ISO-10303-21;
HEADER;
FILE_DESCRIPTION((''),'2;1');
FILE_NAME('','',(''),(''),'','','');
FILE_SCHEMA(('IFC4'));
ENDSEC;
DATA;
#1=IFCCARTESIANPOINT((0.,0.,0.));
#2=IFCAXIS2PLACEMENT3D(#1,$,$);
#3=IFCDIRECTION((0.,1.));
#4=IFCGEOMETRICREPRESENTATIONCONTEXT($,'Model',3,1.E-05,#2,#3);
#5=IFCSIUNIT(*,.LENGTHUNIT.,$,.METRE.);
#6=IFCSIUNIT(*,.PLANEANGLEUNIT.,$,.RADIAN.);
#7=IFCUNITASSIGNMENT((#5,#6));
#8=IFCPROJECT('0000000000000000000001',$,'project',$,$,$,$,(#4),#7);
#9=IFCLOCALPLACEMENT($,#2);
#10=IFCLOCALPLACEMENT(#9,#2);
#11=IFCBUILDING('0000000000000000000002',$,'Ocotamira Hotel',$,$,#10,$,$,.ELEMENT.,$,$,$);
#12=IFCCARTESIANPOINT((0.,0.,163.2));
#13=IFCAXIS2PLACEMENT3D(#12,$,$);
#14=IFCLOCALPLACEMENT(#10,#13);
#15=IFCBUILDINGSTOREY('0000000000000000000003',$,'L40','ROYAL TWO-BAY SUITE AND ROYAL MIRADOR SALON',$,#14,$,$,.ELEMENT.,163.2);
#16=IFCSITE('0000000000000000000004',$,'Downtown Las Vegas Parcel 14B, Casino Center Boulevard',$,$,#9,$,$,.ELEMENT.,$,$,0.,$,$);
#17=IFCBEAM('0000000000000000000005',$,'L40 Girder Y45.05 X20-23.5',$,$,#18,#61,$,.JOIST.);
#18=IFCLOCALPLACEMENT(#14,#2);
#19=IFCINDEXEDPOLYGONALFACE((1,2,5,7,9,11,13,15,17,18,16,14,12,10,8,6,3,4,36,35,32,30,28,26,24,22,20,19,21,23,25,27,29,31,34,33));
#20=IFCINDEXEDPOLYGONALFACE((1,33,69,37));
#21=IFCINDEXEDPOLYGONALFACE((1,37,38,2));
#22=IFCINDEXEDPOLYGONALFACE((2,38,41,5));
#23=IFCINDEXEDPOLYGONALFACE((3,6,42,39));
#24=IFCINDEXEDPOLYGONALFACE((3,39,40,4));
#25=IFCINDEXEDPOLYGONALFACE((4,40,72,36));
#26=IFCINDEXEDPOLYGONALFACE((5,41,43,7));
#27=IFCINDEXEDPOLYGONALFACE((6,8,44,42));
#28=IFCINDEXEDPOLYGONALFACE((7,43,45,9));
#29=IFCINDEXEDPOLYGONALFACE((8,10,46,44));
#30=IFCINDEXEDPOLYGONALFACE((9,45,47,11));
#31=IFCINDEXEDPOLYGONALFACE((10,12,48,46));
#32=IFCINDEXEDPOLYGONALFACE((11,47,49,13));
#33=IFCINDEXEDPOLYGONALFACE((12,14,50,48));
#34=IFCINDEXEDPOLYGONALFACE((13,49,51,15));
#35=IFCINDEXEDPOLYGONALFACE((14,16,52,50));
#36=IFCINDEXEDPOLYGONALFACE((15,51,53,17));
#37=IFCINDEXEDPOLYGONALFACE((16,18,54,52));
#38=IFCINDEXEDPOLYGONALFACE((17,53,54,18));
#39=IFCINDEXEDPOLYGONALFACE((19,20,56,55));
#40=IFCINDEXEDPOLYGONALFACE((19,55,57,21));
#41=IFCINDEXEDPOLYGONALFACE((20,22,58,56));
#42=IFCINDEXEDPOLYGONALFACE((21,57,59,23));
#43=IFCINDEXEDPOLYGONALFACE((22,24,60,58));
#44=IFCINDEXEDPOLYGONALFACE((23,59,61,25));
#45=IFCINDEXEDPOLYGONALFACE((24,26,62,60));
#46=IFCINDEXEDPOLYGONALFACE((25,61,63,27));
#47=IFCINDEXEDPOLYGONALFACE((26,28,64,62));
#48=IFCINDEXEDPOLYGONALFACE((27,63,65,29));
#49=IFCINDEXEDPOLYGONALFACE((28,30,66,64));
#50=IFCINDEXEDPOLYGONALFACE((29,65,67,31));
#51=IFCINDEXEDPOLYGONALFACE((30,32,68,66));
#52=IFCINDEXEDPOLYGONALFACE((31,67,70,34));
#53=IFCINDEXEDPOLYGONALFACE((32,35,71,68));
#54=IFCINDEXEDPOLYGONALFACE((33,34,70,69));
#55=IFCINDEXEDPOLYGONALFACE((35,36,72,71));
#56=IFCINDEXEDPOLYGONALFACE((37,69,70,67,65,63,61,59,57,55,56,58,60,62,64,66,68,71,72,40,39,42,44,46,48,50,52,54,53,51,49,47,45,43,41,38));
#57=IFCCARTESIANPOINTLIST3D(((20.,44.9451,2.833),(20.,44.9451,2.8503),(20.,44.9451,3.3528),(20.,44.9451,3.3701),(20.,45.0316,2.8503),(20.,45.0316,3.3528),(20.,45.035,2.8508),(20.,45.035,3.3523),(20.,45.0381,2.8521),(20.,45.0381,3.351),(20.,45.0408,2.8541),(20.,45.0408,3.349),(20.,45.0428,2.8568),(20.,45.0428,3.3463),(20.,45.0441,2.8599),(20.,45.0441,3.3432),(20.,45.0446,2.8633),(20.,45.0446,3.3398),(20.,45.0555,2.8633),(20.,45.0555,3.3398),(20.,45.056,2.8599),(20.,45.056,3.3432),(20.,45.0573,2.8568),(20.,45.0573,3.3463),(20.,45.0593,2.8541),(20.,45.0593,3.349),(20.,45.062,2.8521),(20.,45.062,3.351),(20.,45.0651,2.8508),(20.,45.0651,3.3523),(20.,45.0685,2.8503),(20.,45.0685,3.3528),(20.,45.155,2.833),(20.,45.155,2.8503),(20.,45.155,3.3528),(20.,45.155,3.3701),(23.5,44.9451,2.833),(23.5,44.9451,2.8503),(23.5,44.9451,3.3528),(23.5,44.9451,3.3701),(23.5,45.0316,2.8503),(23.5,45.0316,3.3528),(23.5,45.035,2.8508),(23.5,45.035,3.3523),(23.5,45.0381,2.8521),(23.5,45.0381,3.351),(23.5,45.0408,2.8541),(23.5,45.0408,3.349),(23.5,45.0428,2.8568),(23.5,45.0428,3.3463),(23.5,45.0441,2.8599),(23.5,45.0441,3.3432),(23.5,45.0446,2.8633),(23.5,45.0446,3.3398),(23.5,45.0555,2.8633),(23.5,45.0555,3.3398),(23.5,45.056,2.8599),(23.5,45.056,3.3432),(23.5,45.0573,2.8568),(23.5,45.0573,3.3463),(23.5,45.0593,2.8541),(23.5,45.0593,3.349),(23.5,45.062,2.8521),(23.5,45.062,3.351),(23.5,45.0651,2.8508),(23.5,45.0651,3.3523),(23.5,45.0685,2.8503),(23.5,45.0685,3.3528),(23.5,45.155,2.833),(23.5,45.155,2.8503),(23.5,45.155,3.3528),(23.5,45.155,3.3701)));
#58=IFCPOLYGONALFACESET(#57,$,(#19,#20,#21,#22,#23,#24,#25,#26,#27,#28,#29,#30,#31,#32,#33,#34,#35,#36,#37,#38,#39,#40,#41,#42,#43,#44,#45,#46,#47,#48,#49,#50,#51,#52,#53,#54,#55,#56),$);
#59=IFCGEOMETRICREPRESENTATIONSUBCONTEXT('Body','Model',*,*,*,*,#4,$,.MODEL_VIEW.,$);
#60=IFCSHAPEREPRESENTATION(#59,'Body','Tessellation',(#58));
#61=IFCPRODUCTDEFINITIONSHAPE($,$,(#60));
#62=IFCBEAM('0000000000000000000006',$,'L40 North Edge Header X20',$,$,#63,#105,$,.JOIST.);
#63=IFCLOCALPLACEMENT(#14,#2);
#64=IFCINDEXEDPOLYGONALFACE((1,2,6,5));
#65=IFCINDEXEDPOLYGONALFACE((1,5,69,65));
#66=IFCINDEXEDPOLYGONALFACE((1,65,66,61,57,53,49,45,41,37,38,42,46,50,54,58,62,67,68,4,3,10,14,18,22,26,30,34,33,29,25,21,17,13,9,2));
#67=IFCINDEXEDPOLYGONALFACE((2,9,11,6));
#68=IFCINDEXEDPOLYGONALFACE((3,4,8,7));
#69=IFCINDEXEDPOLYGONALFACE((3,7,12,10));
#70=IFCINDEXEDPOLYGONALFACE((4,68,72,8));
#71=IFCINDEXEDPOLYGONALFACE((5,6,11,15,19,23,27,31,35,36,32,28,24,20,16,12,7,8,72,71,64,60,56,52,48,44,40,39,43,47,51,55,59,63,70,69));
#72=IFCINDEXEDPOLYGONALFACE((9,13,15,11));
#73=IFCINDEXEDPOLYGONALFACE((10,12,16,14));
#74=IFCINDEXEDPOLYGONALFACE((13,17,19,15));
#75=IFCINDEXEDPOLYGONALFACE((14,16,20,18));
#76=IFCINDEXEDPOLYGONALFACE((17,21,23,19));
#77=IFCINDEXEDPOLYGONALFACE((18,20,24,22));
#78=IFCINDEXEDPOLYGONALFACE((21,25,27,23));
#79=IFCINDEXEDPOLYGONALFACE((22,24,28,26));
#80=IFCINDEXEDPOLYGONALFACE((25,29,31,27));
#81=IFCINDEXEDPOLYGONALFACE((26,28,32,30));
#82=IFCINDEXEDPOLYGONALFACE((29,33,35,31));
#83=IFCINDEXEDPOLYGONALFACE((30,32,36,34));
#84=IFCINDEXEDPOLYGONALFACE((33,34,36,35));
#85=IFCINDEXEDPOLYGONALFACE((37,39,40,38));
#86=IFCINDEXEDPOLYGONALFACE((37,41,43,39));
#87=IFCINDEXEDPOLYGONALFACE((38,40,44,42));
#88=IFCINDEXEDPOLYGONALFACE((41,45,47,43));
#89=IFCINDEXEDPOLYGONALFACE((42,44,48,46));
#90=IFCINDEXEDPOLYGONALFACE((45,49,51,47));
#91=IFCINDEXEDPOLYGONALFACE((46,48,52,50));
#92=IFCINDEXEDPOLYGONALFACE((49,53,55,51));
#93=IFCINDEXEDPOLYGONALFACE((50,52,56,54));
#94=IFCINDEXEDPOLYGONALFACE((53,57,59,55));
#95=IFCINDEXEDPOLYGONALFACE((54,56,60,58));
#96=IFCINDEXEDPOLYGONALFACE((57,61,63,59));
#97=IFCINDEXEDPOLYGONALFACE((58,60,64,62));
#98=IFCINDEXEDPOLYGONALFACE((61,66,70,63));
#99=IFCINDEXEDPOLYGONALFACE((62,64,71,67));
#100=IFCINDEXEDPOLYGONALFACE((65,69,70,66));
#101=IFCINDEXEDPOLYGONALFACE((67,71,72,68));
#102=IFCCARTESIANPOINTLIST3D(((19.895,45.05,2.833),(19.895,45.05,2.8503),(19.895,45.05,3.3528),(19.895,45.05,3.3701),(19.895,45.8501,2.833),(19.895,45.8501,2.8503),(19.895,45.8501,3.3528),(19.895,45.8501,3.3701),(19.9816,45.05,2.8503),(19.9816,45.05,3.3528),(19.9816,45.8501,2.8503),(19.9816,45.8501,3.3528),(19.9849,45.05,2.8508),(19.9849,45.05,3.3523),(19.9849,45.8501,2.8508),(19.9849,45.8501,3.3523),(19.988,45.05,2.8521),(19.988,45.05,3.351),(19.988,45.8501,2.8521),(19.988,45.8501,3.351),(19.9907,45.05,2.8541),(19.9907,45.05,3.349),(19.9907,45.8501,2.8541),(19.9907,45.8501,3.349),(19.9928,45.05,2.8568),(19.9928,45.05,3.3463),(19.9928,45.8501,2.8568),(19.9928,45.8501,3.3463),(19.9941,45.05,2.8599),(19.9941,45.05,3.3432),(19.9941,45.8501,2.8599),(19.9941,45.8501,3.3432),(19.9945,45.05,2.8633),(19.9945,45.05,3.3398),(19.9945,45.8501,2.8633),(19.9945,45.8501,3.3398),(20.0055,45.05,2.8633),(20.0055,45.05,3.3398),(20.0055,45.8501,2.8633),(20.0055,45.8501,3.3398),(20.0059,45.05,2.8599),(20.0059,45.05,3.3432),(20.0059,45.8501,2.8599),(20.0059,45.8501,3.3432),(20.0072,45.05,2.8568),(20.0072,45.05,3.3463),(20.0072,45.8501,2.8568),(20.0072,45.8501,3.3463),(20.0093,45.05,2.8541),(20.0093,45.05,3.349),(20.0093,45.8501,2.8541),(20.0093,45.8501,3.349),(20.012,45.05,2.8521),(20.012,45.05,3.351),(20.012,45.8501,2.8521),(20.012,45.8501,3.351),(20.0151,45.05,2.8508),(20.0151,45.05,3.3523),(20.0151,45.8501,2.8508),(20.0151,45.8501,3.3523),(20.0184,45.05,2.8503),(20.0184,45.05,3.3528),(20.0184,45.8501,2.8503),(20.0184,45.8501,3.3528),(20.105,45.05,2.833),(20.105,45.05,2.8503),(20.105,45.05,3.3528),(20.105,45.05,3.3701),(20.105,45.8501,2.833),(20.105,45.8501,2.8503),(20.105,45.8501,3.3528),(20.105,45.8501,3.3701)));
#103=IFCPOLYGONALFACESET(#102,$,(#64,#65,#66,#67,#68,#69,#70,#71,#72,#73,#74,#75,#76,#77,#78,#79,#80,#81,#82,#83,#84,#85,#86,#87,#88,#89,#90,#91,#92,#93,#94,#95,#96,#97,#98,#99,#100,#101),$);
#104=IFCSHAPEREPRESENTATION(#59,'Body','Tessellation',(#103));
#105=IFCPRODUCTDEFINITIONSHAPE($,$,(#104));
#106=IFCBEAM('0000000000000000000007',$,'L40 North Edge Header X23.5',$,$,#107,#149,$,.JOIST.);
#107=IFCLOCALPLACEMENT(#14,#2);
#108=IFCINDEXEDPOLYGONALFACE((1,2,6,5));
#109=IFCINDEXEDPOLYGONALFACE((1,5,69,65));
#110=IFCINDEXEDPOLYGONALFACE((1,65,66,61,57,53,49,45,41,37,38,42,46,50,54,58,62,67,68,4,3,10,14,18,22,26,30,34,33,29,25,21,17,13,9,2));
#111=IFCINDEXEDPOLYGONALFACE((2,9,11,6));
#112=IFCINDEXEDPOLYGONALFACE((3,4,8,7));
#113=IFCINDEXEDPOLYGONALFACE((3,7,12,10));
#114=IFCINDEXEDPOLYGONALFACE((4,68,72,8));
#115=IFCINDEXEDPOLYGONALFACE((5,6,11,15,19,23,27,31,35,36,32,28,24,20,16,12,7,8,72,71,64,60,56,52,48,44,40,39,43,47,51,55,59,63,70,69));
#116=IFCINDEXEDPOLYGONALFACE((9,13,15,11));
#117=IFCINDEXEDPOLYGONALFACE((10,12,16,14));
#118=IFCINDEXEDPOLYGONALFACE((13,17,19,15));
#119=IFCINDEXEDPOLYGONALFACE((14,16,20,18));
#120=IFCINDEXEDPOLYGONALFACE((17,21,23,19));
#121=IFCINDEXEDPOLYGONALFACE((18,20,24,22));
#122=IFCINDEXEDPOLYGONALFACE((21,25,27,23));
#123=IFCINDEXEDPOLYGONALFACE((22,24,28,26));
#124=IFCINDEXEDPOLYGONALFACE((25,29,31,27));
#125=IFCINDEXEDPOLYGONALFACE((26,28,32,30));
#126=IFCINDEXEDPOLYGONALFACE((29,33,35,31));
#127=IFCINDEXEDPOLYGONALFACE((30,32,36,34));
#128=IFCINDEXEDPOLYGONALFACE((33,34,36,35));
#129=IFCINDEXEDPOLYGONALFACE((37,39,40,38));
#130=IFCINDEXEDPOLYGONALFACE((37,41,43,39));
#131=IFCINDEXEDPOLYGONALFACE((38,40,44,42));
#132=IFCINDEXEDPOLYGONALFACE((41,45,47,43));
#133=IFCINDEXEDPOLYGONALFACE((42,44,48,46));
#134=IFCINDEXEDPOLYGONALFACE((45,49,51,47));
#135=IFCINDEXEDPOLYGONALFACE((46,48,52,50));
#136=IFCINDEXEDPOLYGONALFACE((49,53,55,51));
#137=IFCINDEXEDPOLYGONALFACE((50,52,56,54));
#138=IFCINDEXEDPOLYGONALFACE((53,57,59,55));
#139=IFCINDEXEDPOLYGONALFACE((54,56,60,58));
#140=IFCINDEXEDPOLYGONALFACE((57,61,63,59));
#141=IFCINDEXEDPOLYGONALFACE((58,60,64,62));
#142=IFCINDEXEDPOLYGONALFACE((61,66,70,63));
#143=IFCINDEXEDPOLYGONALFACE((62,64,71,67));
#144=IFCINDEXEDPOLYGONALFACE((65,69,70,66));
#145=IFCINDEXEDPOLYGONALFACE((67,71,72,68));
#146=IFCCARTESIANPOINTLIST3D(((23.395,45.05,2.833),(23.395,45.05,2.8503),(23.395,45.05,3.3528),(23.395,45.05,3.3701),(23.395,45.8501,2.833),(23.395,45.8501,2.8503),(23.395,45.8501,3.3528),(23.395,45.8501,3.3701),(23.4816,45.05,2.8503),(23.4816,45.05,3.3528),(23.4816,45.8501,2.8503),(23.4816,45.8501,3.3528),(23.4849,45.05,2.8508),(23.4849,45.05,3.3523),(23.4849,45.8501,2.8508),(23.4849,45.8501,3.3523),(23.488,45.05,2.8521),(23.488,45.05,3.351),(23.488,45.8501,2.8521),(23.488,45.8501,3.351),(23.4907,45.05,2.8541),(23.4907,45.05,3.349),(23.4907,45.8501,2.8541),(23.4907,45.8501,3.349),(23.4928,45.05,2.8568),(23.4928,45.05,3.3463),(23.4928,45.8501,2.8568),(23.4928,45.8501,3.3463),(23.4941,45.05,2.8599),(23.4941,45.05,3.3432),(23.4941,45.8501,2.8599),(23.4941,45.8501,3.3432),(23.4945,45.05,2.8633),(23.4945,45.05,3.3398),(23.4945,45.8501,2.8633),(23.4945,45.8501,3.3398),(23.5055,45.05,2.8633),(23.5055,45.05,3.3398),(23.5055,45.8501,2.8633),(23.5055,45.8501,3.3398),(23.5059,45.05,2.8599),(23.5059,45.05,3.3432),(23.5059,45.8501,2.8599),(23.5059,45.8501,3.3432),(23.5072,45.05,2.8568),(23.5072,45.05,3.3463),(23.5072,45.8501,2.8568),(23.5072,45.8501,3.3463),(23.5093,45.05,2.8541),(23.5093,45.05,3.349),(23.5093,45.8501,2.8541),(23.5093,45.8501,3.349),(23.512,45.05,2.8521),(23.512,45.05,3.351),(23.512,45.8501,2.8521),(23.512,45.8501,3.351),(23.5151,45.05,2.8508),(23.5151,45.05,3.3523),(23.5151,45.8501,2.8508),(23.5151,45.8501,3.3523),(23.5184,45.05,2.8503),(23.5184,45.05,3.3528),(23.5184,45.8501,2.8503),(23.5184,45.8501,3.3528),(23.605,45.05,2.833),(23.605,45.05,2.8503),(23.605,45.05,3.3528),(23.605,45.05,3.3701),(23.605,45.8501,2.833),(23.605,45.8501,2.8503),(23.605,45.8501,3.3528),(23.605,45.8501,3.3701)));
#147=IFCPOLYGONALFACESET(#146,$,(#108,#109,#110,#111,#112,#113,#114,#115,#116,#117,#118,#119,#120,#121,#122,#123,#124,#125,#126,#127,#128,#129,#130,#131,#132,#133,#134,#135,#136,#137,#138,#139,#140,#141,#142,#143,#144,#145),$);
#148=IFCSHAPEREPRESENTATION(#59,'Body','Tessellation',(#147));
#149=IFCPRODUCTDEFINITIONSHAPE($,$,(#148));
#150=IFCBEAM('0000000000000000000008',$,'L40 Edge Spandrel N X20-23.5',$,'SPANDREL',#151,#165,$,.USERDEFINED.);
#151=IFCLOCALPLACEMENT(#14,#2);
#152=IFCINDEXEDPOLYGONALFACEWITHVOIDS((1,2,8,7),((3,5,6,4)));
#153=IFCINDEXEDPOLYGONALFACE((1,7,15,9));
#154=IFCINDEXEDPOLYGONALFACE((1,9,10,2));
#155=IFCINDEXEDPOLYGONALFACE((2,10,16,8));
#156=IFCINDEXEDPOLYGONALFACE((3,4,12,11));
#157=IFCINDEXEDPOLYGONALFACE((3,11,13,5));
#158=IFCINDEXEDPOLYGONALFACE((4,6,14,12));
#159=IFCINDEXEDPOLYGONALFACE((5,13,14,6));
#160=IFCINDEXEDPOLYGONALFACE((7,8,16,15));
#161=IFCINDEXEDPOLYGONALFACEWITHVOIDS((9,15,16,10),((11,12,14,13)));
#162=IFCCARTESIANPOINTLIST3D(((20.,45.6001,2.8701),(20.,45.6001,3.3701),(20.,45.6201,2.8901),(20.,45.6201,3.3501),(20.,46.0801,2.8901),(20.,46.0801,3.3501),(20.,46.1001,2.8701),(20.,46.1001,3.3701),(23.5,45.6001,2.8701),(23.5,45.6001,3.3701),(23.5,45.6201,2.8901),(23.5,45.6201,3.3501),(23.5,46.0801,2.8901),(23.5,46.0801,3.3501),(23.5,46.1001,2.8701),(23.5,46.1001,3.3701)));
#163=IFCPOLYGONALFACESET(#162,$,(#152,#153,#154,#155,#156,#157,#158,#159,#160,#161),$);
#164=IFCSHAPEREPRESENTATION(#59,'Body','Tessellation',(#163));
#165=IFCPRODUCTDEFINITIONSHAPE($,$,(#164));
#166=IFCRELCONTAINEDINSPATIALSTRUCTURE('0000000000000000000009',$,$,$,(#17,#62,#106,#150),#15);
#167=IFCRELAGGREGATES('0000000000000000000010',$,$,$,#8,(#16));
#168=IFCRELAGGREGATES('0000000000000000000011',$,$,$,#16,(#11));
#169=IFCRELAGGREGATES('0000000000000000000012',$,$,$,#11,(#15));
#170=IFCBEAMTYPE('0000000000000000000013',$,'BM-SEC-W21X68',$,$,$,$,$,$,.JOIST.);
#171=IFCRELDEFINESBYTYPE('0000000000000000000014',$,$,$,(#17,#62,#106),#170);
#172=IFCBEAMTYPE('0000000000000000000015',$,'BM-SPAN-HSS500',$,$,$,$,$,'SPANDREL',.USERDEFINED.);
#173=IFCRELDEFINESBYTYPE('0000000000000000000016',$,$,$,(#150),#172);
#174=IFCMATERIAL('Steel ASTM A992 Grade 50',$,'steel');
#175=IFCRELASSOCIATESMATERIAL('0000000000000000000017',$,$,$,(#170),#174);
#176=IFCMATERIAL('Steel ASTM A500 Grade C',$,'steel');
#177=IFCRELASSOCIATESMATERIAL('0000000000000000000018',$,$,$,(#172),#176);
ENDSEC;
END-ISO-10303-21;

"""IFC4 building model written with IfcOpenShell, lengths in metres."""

from ifc_helpers import new_model, si_unit, direction, frame, origin, origin_2d, place, context, subcontext, project, spatial, hollow_rectangle, i_section, extrude, source, transform, mapped, material, material_profile, profile_set, type_object, element, save


model = new_model("IFC4")

# Units and contexts
model_context = context("Model", 3, precision=1e-05, world=origin(), true_north=direction((0.0, 1.0)))
body_context = subcontext(model_context, "Body", "Model", "MODEL_VIEW")
ifc_project = project(units=[si_unit("LENGTHUNIT", "METRE"), si_unit("PLANEANGLEUNIT", "RADIAN")], contexts=[model_context])

# Site, building, storey
site_placement = place(None, origin())
site = spatial("IfcSite", under=ifc_project, at=site_placement, Name="Downtown Las Vegas Parcel 14B, Casino Center Boulevard", CompositionType="ELEMENT", RefElevation=0.0)
building_placement = place(site_placement, origin())
building = spatial("IfcBuilding", under=site, at=building_placement, Name="Ocotamira Hotel", CompositionType="ELEMENT")
storey_placement = place(building_placement, frame((0.0, 0.0, 163.2)))
storey = spatial("IfcBuildingStorey", under=building, at=storey_placement, Name="L40", Description="ROYAL TWO-BAY SUITE AND ROYAL MIRADOR SALON", CompositionType="ELEMENT", Elevation=163.2)

# Beams
ifc_material_1 = material(Name="Steel ASTM A992 Grade 50", Category="steel")
ifc_material_profile_1 = material_profile(ifc_material_1, i_section(OverallWidth=0.21, OverallDepth=0.5371, WebThickness=0.011, FlangeThickness=0.0173, FilletRadius=0.0129, at=origin_2d()), Name="W21X68")
ifc_profile_set_1 = profile_set([ifc_material_profile_1], Name="Steel ASTM A992 Grade 50")
beam_type_1 = type_object("IfcBeamType", Name="BM-SEC-W21X68", PredefinedType="JOIST", material=ifc_profile_set_1)
shared_shape_1 = source(origin(), body_context, "Body", "SweptSolid", [
    extrude(i_section(OverallWidth=0.21, OverallDepth=0.5371, WebThickness=0.011, FlangeThickness=0.0173, FilletRadius=0.0129, at=origin_2d()), origin(), (0.0, 0.0, 1.0), 3.5),
])
beam_1_placement = place(storey_placement, frame((20.0, 45.05, 3.1016), z_axis=(1.0, 0.0, 0.0), x_axis=(0.0, 1.0, 0.0)))
element("IfcBeam", 1, at=beam_1_placement, inside=storey, type_object=beam_type_1, Name="L40 Girder Y45.05 X20-23.5", PredefinedType="JOIST", context=body_context, shape_type="MappedRepresentation", body=[
    mapped(shared_shape_1, transform((0.0, 0.0, 0.0), scale=1.0)),
])
shared_shape_2 = source(origin(), body_context, "Body", "SweptSolid", [
    extrude(i_section(OverallWidth=0.21, OverallDepth=0.5371, WebThickness=0.011, FlangeThickness=0.0173, FilletRadius=0.0129, at=origin_2d()), origin(), (0.0, 0.0, 1.0), 0.8),
])
for number, where, z_axis, x_axis, name in (
    (2, (20.0, 45.05, 3.1016), (0.0, 1.0, 0.0), (-1.0, 0.0, 0.0), "L40 North Edge Header X20"),
    (3, (23.5, 45.05, 3.1016), (0.0, 1.0, 0.0), (-1.0, 0.0, 0.0), "L40 North Edge Header X23.5"),
):
    element("IfcBeam", number, at=place(storey_placement, frame(where, z_axis=z_axis, x_axis=x_axis)), inside=storey, type_object=beam_type_1, Name=name, PredefinedType="JOIST", context=body_context, shape_type="MappedRepresentation", body=[
        mapped(shared_shape_2, transform((0.0, 0.0, 0.0), scale=1.0)),
    ])
ifc_material_2 = material(Name="Steel ASTM A500 Grade C", Category="steel")
ifc_material_profile_2 = material_profile(ifc_material_2, hollow_rectangle(XDim=0.5, YDim=0.5, WallThickness=0.02, at=origin_2d()), Name="HSS500X500X20")
ifc_profile_set_2 = profile_set([ifc_material_profile_2], Name="Steel ASTM A500 Grade C")
beam_type_2 = type_object("IfcBeamType", Name="BM-SPAN-HSS500", ElementType="SPANDREL", PredefinedType="USERDEFINED", material=ifc_profile_set_2)
shared_shape_3 = source(origin(), body_context, "Body", "SweptSolid", [
    extrude(hollow_rectangle(XDim=0.5, YDim=0.5, WallThickness=0.02, at=origin_2d()), origin(), (0.0, 0.0, 1.0), 3.5),
])
beam_2_placement = place(storey_placement, frame((20.0, 45.8501, 3.1201), z_axis=(1.0, 0.0, 0.0), x_axis=(0.0, 1.0, 0.0)))
element("IfcBeam", 4, at=beam_2_placement, inside=storey, type_object=beam_type_2, Name="L40 Edge Spandrel N X20-23.5", ObjectType="SPANDREL", PredefinedType="USERDEFINED", context=body_context, shape_type="MappedRepresentation", body=[
    mapped(shared_shape_3, transform((0.0, 0.0, 0.0), scale=1.0)),
])

save(model, "model.ifc")
